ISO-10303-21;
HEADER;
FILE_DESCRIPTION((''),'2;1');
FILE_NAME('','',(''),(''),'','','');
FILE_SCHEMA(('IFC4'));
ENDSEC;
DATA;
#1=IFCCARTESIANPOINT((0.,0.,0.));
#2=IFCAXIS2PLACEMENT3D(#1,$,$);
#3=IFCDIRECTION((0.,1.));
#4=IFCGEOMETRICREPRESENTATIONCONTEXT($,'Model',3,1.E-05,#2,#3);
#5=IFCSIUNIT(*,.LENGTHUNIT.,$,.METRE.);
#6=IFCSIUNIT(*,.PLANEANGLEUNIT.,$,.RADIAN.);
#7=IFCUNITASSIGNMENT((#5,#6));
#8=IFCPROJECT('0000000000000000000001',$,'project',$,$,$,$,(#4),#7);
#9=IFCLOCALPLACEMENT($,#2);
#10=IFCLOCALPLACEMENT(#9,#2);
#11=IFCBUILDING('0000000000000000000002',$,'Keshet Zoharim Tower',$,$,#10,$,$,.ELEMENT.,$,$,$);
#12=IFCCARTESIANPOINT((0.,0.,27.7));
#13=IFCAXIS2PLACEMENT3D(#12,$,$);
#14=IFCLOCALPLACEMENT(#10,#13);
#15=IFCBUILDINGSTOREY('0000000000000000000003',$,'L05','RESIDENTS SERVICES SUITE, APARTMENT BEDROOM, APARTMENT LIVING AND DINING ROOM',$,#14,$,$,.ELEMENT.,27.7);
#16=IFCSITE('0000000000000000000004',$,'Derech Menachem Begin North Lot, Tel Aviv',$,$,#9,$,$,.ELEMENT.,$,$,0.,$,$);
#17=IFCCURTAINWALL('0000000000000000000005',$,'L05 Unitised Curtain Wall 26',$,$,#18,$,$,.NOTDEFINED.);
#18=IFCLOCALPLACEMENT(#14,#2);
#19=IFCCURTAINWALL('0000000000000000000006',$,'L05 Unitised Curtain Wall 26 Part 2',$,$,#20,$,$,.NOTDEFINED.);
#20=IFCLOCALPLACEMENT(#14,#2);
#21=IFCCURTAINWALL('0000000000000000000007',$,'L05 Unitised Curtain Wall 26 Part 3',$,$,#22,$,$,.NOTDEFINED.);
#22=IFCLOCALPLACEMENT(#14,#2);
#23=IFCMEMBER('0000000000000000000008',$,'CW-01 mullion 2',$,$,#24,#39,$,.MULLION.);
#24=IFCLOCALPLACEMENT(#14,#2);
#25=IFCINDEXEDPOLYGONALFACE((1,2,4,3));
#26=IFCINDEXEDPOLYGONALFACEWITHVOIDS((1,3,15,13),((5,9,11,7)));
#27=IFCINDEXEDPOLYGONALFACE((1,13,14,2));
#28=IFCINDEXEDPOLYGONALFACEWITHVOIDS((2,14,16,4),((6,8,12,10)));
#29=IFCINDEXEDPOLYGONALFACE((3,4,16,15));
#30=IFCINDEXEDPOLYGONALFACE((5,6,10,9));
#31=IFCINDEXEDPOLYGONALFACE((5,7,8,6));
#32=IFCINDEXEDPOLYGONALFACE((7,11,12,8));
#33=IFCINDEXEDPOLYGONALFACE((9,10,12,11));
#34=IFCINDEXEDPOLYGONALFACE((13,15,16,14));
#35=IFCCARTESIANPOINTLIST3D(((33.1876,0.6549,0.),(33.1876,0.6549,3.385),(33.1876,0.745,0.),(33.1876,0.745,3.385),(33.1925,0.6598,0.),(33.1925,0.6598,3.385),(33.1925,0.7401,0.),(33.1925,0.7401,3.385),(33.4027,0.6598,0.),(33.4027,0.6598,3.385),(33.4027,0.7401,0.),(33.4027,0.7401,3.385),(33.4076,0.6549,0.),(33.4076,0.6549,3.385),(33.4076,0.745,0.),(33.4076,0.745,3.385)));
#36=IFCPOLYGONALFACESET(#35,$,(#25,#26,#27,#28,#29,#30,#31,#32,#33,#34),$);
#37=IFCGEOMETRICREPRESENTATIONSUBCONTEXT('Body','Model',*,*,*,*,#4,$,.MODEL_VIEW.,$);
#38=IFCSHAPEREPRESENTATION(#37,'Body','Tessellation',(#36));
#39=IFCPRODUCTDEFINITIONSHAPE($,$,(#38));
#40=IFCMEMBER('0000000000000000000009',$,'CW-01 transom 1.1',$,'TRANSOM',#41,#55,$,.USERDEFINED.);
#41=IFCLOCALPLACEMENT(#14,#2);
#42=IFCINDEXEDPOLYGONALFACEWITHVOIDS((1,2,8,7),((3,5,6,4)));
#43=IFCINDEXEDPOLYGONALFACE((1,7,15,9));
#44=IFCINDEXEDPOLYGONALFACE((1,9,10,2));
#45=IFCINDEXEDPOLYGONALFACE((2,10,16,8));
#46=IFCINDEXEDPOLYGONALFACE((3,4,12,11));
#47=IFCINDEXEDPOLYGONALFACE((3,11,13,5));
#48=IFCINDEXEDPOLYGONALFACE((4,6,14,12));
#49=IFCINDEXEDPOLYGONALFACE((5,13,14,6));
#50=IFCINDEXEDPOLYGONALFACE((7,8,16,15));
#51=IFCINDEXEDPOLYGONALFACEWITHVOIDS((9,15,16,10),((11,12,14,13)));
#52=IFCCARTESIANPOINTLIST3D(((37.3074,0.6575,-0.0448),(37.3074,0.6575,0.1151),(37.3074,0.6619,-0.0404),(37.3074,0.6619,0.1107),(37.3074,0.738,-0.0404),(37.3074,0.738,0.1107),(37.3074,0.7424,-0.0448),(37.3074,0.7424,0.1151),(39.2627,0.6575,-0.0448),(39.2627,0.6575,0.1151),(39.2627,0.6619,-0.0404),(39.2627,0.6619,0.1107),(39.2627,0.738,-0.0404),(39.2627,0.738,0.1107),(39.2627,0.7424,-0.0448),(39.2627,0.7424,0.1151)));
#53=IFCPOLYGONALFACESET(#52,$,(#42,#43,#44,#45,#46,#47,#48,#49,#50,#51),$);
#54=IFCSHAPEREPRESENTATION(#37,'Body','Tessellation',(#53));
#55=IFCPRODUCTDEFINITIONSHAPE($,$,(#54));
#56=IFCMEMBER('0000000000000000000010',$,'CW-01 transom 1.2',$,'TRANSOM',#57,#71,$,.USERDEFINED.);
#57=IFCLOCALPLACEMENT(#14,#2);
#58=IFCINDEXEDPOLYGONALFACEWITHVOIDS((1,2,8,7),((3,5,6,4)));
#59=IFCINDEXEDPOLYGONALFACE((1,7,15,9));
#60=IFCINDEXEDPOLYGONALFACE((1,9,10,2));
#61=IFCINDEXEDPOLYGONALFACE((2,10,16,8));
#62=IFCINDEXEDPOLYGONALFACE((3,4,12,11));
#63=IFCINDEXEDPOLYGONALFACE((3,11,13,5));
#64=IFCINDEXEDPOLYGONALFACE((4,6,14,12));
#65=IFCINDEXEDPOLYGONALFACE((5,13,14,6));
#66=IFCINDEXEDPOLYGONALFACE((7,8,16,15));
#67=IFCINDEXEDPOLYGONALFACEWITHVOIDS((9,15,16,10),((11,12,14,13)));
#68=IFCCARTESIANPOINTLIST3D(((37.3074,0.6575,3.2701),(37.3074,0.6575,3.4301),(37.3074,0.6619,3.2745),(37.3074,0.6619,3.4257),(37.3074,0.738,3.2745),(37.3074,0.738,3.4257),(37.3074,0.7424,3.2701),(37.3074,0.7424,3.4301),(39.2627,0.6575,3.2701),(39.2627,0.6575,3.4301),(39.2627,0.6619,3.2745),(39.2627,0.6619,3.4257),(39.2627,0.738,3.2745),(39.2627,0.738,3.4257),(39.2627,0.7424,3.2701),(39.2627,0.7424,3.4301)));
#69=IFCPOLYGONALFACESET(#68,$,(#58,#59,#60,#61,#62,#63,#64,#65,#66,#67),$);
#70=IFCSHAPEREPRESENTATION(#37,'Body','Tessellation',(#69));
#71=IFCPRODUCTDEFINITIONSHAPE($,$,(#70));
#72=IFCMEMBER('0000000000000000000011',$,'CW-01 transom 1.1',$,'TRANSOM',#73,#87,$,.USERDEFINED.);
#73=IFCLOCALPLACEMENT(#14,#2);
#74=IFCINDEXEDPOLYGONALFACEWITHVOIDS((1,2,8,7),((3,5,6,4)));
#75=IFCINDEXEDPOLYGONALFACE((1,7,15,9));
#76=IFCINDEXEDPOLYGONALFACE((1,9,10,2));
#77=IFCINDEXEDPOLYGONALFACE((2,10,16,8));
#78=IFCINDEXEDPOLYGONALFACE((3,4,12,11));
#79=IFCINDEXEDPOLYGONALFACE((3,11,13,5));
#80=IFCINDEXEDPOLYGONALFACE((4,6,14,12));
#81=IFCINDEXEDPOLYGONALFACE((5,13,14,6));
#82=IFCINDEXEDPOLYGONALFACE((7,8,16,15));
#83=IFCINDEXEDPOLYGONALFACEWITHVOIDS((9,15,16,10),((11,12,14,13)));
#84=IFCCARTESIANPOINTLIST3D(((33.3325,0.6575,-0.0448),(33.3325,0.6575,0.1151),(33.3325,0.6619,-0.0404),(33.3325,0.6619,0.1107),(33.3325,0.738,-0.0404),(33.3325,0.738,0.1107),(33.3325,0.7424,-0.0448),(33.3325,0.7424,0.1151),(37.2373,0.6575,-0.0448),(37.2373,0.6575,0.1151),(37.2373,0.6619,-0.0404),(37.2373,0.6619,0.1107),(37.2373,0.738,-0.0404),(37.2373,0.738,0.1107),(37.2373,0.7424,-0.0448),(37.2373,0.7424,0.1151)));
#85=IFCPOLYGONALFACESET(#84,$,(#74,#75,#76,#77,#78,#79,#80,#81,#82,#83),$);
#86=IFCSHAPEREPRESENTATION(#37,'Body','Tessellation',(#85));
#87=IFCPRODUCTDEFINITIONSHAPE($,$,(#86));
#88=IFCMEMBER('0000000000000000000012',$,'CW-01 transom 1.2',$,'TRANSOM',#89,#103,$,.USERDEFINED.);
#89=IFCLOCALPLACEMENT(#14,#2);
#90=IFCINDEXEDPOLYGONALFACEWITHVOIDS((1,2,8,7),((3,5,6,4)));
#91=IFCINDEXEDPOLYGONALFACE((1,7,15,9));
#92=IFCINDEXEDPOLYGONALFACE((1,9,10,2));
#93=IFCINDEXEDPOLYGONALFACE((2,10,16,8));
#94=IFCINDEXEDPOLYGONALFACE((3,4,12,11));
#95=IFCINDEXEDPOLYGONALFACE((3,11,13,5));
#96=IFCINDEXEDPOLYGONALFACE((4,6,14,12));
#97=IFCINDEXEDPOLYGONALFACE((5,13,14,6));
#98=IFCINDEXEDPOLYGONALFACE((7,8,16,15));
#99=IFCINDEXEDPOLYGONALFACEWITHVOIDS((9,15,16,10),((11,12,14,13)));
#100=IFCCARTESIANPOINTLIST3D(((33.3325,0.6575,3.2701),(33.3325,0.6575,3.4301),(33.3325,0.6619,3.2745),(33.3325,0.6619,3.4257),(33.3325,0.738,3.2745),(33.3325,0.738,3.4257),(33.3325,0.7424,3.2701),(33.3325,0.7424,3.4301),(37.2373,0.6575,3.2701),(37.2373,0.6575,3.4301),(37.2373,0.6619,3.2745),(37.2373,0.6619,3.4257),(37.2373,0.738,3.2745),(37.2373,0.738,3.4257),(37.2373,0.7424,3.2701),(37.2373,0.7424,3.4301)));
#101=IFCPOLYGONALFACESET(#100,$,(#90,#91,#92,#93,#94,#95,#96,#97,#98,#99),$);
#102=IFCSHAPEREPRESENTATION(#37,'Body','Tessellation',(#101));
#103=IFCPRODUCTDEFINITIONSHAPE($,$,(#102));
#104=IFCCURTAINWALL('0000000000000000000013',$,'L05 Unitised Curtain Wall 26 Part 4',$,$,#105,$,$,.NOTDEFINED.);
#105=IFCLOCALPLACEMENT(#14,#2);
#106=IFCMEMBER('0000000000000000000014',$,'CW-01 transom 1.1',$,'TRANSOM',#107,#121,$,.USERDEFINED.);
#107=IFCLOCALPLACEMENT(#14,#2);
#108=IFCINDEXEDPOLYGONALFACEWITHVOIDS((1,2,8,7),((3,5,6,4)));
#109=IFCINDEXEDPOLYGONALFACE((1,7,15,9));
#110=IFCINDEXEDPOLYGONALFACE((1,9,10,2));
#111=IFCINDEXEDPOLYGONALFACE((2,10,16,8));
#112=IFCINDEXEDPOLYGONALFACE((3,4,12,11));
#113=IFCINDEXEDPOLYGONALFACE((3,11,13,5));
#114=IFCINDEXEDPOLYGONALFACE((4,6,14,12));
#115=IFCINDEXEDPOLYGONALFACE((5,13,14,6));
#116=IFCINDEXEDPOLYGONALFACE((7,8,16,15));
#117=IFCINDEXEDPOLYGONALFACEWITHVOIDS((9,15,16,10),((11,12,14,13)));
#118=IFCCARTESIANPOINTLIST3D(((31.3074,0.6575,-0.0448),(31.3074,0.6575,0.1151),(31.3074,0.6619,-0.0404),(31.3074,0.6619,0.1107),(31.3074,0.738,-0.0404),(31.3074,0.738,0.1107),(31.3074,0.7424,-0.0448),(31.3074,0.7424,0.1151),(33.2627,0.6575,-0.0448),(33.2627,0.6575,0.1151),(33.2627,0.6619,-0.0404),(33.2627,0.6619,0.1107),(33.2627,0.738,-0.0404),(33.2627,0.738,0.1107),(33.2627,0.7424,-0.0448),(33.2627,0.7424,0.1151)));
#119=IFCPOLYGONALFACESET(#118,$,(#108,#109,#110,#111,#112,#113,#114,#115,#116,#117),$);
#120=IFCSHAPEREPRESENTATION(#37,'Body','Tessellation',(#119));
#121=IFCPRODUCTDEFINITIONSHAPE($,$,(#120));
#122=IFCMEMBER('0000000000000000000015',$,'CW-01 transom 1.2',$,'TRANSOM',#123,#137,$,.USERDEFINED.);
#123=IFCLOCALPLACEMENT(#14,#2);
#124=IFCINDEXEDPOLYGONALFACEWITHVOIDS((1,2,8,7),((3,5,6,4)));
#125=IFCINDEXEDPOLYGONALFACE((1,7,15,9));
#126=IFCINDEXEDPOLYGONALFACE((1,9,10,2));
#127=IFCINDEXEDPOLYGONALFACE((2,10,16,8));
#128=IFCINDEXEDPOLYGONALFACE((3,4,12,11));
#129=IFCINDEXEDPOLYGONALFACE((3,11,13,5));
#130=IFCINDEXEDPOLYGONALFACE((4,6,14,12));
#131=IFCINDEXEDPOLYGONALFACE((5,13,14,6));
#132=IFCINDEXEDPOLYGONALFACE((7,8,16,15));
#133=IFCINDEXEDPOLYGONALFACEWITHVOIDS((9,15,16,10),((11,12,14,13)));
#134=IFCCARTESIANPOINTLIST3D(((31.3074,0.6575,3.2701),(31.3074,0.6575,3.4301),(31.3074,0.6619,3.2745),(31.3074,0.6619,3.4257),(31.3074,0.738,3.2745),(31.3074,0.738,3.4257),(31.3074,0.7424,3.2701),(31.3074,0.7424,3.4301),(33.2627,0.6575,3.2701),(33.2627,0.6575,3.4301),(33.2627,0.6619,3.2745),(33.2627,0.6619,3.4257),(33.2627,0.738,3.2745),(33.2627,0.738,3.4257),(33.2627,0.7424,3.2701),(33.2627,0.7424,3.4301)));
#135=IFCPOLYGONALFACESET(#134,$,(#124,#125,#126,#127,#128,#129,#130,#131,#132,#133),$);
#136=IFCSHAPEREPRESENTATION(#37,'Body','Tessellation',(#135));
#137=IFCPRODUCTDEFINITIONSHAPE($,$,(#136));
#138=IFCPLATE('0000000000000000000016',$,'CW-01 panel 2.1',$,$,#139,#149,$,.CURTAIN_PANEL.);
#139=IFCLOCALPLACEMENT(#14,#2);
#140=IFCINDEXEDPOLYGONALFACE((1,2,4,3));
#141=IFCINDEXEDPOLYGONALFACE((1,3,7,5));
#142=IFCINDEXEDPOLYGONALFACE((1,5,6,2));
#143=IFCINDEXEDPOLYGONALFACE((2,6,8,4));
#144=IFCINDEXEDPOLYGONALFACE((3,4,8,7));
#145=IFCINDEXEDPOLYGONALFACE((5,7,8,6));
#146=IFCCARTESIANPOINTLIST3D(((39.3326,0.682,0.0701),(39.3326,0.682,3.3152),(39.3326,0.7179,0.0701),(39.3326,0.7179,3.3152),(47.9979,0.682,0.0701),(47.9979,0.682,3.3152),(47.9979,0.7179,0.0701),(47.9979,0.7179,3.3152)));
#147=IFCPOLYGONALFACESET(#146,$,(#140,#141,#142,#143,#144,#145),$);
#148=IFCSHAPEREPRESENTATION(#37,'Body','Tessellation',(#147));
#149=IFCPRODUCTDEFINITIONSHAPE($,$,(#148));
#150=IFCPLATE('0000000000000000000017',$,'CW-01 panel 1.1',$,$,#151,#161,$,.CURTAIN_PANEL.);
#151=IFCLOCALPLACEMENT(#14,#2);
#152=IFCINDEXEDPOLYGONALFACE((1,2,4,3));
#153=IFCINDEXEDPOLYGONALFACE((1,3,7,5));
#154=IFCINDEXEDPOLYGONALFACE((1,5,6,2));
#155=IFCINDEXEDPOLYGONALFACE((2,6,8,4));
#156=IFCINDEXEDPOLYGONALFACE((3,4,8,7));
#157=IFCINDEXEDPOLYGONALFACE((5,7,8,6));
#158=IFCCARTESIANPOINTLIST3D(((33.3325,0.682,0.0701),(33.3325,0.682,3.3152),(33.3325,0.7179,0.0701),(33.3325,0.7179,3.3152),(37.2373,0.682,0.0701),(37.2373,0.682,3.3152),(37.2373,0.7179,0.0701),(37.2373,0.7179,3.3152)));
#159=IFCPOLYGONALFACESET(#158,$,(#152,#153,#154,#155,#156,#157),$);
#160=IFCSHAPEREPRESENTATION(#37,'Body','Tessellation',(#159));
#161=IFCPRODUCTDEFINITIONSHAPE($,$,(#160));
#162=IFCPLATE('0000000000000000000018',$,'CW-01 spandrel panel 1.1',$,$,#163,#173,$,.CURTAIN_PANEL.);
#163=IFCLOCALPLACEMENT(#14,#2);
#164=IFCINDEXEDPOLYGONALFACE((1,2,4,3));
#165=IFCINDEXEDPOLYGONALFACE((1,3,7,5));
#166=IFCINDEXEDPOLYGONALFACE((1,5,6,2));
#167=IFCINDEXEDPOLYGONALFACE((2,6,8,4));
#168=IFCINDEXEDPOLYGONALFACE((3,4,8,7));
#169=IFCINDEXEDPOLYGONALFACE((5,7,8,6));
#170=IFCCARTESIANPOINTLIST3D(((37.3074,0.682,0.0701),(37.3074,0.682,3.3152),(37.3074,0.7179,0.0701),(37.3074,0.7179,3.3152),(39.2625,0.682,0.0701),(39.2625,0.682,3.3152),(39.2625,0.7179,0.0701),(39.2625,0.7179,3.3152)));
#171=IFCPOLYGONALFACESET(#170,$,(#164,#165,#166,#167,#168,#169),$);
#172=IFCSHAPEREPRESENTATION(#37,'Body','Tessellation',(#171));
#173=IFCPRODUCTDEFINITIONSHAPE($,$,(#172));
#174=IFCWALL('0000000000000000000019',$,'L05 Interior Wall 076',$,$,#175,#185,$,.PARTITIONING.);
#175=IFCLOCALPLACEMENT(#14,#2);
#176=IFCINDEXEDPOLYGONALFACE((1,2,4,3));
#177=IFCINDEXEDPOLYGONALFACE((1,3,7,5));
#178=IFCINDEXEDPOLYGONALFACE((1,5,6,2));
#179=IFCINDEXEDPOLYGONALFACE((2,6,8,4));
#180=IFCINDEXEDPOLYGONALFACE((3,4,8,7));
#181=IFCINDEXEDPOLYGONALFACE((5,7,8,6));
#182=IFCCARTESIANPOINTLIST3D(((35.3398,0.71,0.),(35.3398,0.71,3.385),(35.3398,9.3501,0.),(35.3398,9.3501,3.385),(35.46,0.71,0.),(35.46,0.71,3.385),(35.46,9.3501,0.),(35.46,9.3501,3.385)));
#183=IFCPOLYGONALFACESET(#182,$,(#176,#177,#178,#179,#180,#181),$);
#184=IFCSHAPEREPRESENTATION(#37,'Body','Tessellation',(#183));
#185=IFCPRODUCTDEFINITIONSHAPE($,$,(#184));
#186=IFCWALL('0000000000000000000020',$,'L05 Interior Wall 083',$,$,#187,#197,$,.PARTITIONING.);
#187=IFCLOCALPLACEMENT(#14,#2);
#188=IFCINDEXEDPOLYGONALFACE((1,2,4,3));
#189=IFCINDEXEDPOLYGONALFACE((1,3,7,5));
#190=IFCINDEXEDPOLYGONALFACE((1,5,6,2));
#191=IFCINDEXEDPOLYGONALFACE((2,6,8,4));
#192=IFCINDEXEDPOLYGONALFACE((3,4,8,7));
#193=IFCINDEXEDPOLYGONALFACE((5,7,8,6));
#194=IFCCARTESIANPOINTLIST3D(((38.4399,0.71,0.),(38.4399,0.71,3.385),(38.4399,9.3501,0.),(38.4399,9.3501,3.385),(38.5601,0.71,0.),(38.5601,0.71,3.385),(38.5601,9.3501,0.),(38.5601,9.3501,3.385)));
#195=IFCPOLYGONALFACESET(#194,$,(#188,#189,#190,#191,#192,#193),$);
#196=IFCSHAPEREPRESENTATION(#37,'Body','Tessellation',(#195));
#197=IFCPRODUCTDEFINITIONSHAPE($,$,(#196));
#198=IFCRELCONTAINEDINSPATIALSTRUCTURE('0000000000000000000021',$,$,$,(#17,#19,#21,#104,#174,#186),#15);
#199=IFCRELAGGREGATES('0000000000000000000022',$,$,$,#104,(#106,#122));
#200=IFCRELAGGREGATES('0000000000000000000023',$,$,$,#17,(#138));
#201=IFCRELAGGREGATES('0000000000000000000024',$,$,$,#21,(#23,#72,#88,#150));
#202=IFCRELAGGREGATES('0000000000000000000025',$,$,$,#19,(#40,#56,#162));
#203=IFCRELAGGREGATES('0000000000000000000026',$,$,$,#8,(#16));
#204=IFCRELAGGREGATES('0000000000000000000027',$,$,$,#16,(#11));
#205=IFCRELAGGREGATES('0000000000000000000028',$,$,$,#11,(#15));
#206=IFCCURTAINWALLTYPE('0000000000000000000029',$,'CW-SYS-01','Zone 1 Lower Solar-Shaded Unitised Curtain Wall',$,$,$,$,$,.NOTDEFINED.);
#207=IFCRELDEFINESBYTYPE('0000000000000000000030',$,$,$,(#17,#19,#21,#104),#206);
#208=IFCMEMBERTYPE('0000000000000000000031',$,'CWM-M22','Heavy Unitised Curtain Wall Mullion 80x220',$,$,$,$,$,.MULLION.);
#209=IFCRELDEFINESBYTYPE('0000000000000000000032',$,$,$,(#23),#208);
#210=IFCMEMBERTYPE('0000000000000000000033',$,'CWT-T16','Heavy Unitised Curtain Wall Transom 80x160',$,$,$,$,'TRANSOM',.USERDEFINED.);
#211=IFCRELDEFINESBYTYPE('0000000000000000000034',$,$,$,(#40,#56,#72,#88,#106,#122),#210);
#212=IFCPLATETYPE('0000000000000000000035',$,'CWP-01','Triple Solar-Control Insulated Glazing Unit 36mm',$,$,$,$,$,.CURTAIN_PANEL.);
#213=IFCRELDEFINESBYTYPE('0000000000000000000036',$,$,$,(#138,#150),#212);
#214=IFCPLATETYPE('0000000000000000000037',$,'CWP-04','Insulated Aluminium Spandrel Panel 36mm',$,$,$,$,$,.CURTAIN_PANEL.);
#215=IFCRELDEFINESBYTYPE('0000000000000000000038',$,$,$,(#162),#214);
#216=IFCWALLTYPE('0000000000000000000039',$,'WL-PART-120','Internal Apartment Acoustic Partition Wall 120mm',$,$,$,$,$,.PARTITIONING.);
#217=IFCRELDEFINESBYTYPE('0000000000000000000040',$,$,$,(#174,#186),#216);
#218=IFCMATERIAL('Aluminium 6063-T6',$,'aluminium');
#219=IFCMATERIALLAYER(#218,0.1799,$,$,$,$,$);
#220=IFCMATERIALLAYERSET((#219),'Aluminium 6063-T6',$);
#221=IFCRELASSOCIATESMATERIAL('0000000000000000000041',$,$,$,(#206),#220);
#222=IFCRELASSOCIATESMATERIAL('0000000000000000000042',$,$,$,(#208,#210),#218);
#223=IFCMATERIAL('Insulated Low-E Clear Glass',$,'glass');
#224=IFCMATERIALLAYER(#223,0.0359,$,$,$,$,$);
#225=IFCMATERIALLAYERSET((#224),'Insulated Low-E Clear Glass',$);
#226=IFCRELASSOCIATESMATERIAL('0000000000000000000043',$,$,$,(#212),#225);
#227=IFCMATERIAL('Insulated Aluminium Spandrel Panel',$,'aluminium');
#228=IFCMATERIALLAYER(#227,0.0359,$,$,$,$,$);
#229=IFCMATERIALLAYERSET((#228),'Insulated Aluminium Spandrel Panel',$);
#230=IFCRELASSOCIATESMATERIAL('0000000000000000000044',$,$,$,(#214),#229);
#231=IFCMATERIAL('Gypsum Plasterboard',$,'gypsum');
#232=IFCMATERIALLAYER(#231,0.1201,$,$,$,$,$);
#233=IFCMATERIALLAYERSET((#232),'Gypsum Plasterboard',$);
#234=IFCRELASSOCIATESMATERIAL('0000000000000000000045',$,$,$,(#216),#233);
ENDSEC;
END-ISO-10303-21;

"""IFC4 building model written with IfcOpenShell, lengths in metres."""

from ifc_helpers import new_model, si_unit, direction, frame, frame_2d, origin, origin_2d, place, context, subcontext, project, spatial, rectangle, hollow_rectangle, extrude, material, layer, layer_set, material_profile, profile_set, type_object, element, aggregate, save


model = new_model("IFC4")

# Units and contexts
model_context = context("Model", 3, precision=1e-05, world=origin(), true_north=direction((0.0, 1.0)))
body_context = subcontext(model_context, "Body", "Model", "MODEL_VIEW")
ifc_project = project(units=[si_unit("LENGTHUNIT", "METRE"), si_unit("PLANEANGLEUNIT", "RADIAN")], contexts=[model_context])

# Site, building, storey
site_placement = place(None, origin())
site = spatial("IfcSite", under=ifc_project, at=site_placement, Name="Derech Menachem Begin North Lot, Tel Aviv", CompositionType="ELEMENT", RefElevation=0.0)
building_placement = place(site_placement, origin())
building = spatial("IfcBuilding", under=site, at=building_placement, Name="Keshet Zoharim Tower", CompositionType="ELEMENT")
storey_placement = place(building_placement, frame((0.0, 0.0, 27.7)))
storey = spatial("IfcBuildingStorey", under=building, at=storey_placement, Name="L05", Description="RESIDENTS SERVICES SUITE, APARTMENT BEDROOM, APARTMENT LIVING AND DINING ROOM", CompositionType="ELEMENT", Elevation=27.7)

# Curtain walls, member
ifc_material_1 = material(Name="Aluminium 6063-T6", Category="aluminium")
ifc_layer_1 = layer(ifc_material_1, 0.1799)
ifc_layer_set_1 = layer_set([ifc_layer_1], Name="Aluminium 6063-T6")
curtain_wall_type = type_object("IfcCurtainWallType", Name="CW-SYS-01", Description="Zone 1 Lower Solar-Shaded Unitised Curtain Wall", PredefinedType="NOTDEFINED", material=ifc_layer_set_1)
curtain_wall_1_placement = place(storey_placement, origin())
curtain_wall_1 = element("IfcCurtainWall", 1, at=curtain_wall_1_placement, inside=storey, type_object=curtain_wall_type, Name="L05 Unitised Curtain Wall 26", PredefinedType="NOTDEFINED")
ifc_material_profile_1 = material_profile(ifc_material_1, hollow_rectangle(XDim=0.0901, YDim=0.22, WallThickness=0.0049, at=origin_2d()), Name="MUL-90x220")
ifc_profile_set_1 = profile_set([ifc_material_profile_1], Name="Aluminium 6063-T6")
member_type_1 = type_object("IfcMemberType", Name="CWM-M22", Description="Heavy Unitised Curtain Wall Mullion 80x220", PredefinedType="MULLION", material=ifc_profile_set_1)
curtain_wall_2_placement = place(storey_placement, origin())
curtain_wall_2 = element("IfcCurtainWall", 2, at=curtain_wall_2_placement, inside=storey, type_object=curtain_wall_type, Name="L05 Unitised Curtain Wall 26 Part 2", PredefinedType="NOTDEFINED")
curtain_wall_3_placement = place(storey_placement, origin())
curtain_wall_3 = element("IfcCurtainWall", 3, at=curtain_wall_3_placement, inside=storey, type_object=curtain_wall_type, Name="L05 Unitised Curtain Wall 26 Part 3", PredefinedType="NOTDEFINED")
member_1_placement = place(storey_placement, frame((33.2976, 0.7, 0.0), z_axis=(0.0, 0.0, 1.0), x_axis=(0.0, -1.0, 0.0)))
member_1 = element("IfcMember", 4, at=member_1_placement, type_object=member_type_1, Name="CW-01 mullion 2", PredefinedType="MULLION", context=body_context, shape_type="SweptSolid", body=[
    extrude(hollow_rectangle(XDim=0.0901, YDim=0.22, WallThickness=0.0049, at=origin_2d()), origin(), (0.0, 0.0, 1.0), 3.385),
])

# Members
ifc_material_profile_2 = material_profile(ifc_material_1, hollow_rectangle(XDim=0.085, YDim=0.1599, WallThickness=0.0044, at=origin_2d()), Name="TRN-85x160")
ifc_profile_set_2 = profile_set([ifc_material_profile_2], Name="Aluminium 6063-T6")
member_type_2 = type_object("IfcMemberType", Name="CWT-T16", Description="Heavy Unitised Curtain Wall Transom 80x160", ElementType="TRANSOM", PredefinedType="USERDEFINED", material=ifc_profile_set_2)
member_2_placement = place(storey_placement, frame((39.2627, 0.7, 0.0352), z_axis=(-1.0, 0.0, 0.0), x_axis=(0.0, -1.0, 0.0)))
member_2 = element("IfcMember", 5, at=member_2_placement, type_object=member_type_2, Name="CW-01 transom 1.1", ObjectType="TRANSOM", PredefinedType="USERDEFINED", context=body_context, shape_type="SweptSolid", body=[
    extrude(hollow_rectangle(XDim=0.085, YDim=0.1599, WallThickness=0.0044, at=origin_2d()), origin(), (0.0, 0.0, 1.0), 1.9553),
])
member_3_placement = place(storey_placement, frame((39.2627, 0.7, 3.3501), z_axis=(-1.0, 0.0, 0.0), x_axis=(0.0, -1.0, 0.0)))
member_3 = element("IfcMember", 6, at=member_3_placement, type_object=member_type_2, Name="CW-01 transom 1.2", ObjectType="TRANSOM", PredefinedType="USERDEFINED", context=body_context, shape_type="SweptSolid", body=[
    extrude(hollow_rectangle(XDim=0.085, YDim=0.1599, WallThickness=0.0044, at=origin_2d()), origin(), (0.0, 0.0, 1.0), 1.9553),
])
member_4_placement = place(storey_placement, frame((37.2373, 0.7, 0.0352), z_axis=(-1.0, 0.0, 0.0), x_axis=(0.0, -1.0, 0.0)))
member_4 = element("IfcMember", 7, at=member_4_placement, type_object=member_type_2, Name="CW-01 transom 1.1", ObjectType="TRANSOM", PredefinedType="USERDEFINED", context=body_context, shape_type="SweptSolid", body=[
    extrude(hollow_rectangle(XDim=0.085, YDim=0.1599, WallThickness=0.0044, at=origin_2d()), origin(), (0.0, 0.0, 1.0), 3.9048),
])
member_5_placement = place(storey_placement, frame((37.2373, 0.7, 3.3501), z_axis=(-1.0, 0.0, 0.0), x_axis=(0.0, -1.0, 0.0)))
member_5 = element("IfcMember", 8, at=member_5_placement, type_object=member_type_2, Name="CW-01 transom 1.2", ObjectType="TRANSOM", PredefinedType="USERDEFINED", context=body_context, shape_type="SweptSolid", body=[
    extrude(hollow_rectangle(XDim=0.085, YDim=0.1599, WallThickness=0.0044, at=origin_2d()), origin(), (0.0, 0.0, 1.0), 3.9048),
])

# Curtain wall, members
curtain_wall_4_placement = place(storey_placement, origin())
curtain_wall_4 = element("IfcCurtainWall", 9, at=curtain_wall_4_placement, inside=storey, type_object=curtain_wall_type, Name="L05 Unitised Curtain Wall 26 Part 4", PredefinedType="NOTDEFINED")
member_6_placement = place(storey_placement, frame((33.2627, 0.7, 0.0352), z_axis=(-1.0, 0.0, 0.0), x_axis=(0.0, -1.0, 0.0)))
member_6 = element("IfcMember", 10, at=member_6_placement, type_object=member_type_2, Name="CW-01 transom 1.1", ObjectType="TRANSOM", PredefinedType="USERDEFINED", context=body_context, shape_type="SweptSolid", body=[
    extrude(hollow_rectangle(XDim=0.085, YDim=0.1599, WallThickness=0.0044, at=origin_2d()), origin(), (0.0, 0.0, 1.0), 1.9553),
])
member_7_placement = place(storey_placement, frame((33.2627, 0.7, 3.3501), z_axis=(-1.0, 0.0, 0.0), x_axis=(0.0, -1.0, 0.0)))
member_7 = element("IfcMember", 11, at=member_7_placement, type_object=member_type_2, Name="CW-01 transom 1.2", ObjectType="TRANSOM", PredefinedType="USERDEFINED", context=body_context, shape_type="SweptSolid", body=[
    extrude(hollow_rectangle(XDim=0.085, YDim=0.1599, WallThickness=0.0044, at=origin_2d()), origin(), (0.0, 0.0, 1.0), 1.9553),
])
aggregate(curtain_wall_4, [member_6, member_7])

# Plates
ifc_material_2 = material(Name="Insulated Low-E Clear Glass", Category="glass")
ifc_layer_2 = layer(ifc_material_2, 0.0359)
ifc_layer_set_2 = layer_set([ifc_layer_2], Name="Insulated Low-E Clear Glass")
plate_type_1 = type_object("IfcPlateType", Name="CWP-01", Description="Triple Solar-Control Insulated Glazing Unit 36mm", PredefinedType="CURTAIN_PANEL", material=ifc_layer_set_2)
plate_1_placement = place(storey_placement, frame((43.6653, 0.7, 0.0701), z_axis=(0.0, 0.0, 1.0), x_axis=(-1.0, 0.0, 0.0)))
plate_1 = element("IfcPlate", 12, at=plate_1_placement, type_object=plate_type_1, Name="CW-01 panel 2.1", PredefinedType="CURTAIN_PANEL", context=body_context, shape_type="SweptSolid", body=[
    extrude(rectangle(XDim=8.6653, YDim=0.0359, at=origin_2d()), origin(), (0.0, 0.0, 1.0), 3.2451),
])
aggregate(curtain_wall_1, [plate_1])
plate_2_placement = place(storey_placement, frame((35.2849, 0.7, 0.0701), z_axis=(0.0, 0.0, 1.0), x_axis=(-1.0, 0.0, 0.0)))
plate_2 = element("IfcPlate", 13, at=plate_2_placement, type_object=plate_type_1, Name="CW-01 panel 1.1", PredefinedType="CURTAIN_PANEL", context=body_context, shape_type="SweptSolid", body=[
    extrude(rectangle(XDim=3.9048, YDim=0.0359, at=origin_2d()), origin(), (0.0, 0.0, 1.0), 3.2451),
])
aggregate(curtain_wall_3, [member_1, member_4, member_5, plate_2])
ifc_material_3 = material(Name="Insulated Aluminium Spandrel Panel", Category="aluminium")
ifc_layer_3 = layer(ifc_material_3, 0.0359)
ifc_layer_set_3 = layer_set([ifc_layer_3], Name="Insulated Aluminium Spandrel Panel")
plate_type_2 = type_object("IfcPlateType", Name="CWP-04", Description="Insulated Aluminium Spandrel Panel 36mm", PredefinedType="CURTAIN_PANEL", material=ifc_layer_set_3)
plate_3_placement = place(storey_placement, frame((38.2849, 0.7, 0.0701), z_axis=(0.0, 0.0, 1.0), x_axis=(-1.0, 0.0, 0.0)))
plate_3 = element("IfcPlate", 14, at=plate_3_placement, type_object=plate_type_2, Name="CW-01 spandrel panel 1.1", PredefinedType="CURTAIN_PANEL", context=body_context, shape_type="SweptSolid", body=[
    extrude(rectangle(XDim=1.9551, YDim=0.0359, at=origin_2d()), origin(), (0.0, 0.0, 1.0), 3.2451),
])
aggregate(curtain_wall_2, [member_2, member_3, plate_3])

# Walls
ifc_material_4 = material(Name="Gypsum Plasterboard", Category="gypsum")
ifc_layer_4 = layer(ifc_material_4, 0.1201)
ifc_layer_set_4 = layer_set([ifc_layer_4], Name="Gypsum Plasterboard")
wall_type = type_object("IfcWallType", Name="WL-PART-120", Description="Internal Apartment Acoustic Partition Wall 120mm", PredefinedType="PARTITIONING", material=ifc_layer_set_4)
for number, where, z_axis, x_axis, name in (
    (15, (35.3999, 0.71, 0.0), (0.0, 0.0, 1.0), (0.0, 1.0, 0.0), "L05 Interior Wall 076"),
    (16, (38.5, 0.71, 0.0), (0.0, 0.0, 1.0), (0.0, 1.0, 0.0), "L05 Interior Wall 083"),
):
    element("IfcWall", number, at=place(storey_placement, frame(where, z_axis=z_axis, x_axis=x_axis)), inside=storey, type_object=wall_type, Name=name, PredefinedType="PARTITIONING", context=body_context, shape_type="SweptSolid", body=[
        extrude(rectangle(XDim=8.6401, YDim=0.1201, at=frame_2d((4.3201, 0.0))), origin(), (0.0, 0.0, 1.0), 3.385),
    ])

save(model, "model.ifc")
